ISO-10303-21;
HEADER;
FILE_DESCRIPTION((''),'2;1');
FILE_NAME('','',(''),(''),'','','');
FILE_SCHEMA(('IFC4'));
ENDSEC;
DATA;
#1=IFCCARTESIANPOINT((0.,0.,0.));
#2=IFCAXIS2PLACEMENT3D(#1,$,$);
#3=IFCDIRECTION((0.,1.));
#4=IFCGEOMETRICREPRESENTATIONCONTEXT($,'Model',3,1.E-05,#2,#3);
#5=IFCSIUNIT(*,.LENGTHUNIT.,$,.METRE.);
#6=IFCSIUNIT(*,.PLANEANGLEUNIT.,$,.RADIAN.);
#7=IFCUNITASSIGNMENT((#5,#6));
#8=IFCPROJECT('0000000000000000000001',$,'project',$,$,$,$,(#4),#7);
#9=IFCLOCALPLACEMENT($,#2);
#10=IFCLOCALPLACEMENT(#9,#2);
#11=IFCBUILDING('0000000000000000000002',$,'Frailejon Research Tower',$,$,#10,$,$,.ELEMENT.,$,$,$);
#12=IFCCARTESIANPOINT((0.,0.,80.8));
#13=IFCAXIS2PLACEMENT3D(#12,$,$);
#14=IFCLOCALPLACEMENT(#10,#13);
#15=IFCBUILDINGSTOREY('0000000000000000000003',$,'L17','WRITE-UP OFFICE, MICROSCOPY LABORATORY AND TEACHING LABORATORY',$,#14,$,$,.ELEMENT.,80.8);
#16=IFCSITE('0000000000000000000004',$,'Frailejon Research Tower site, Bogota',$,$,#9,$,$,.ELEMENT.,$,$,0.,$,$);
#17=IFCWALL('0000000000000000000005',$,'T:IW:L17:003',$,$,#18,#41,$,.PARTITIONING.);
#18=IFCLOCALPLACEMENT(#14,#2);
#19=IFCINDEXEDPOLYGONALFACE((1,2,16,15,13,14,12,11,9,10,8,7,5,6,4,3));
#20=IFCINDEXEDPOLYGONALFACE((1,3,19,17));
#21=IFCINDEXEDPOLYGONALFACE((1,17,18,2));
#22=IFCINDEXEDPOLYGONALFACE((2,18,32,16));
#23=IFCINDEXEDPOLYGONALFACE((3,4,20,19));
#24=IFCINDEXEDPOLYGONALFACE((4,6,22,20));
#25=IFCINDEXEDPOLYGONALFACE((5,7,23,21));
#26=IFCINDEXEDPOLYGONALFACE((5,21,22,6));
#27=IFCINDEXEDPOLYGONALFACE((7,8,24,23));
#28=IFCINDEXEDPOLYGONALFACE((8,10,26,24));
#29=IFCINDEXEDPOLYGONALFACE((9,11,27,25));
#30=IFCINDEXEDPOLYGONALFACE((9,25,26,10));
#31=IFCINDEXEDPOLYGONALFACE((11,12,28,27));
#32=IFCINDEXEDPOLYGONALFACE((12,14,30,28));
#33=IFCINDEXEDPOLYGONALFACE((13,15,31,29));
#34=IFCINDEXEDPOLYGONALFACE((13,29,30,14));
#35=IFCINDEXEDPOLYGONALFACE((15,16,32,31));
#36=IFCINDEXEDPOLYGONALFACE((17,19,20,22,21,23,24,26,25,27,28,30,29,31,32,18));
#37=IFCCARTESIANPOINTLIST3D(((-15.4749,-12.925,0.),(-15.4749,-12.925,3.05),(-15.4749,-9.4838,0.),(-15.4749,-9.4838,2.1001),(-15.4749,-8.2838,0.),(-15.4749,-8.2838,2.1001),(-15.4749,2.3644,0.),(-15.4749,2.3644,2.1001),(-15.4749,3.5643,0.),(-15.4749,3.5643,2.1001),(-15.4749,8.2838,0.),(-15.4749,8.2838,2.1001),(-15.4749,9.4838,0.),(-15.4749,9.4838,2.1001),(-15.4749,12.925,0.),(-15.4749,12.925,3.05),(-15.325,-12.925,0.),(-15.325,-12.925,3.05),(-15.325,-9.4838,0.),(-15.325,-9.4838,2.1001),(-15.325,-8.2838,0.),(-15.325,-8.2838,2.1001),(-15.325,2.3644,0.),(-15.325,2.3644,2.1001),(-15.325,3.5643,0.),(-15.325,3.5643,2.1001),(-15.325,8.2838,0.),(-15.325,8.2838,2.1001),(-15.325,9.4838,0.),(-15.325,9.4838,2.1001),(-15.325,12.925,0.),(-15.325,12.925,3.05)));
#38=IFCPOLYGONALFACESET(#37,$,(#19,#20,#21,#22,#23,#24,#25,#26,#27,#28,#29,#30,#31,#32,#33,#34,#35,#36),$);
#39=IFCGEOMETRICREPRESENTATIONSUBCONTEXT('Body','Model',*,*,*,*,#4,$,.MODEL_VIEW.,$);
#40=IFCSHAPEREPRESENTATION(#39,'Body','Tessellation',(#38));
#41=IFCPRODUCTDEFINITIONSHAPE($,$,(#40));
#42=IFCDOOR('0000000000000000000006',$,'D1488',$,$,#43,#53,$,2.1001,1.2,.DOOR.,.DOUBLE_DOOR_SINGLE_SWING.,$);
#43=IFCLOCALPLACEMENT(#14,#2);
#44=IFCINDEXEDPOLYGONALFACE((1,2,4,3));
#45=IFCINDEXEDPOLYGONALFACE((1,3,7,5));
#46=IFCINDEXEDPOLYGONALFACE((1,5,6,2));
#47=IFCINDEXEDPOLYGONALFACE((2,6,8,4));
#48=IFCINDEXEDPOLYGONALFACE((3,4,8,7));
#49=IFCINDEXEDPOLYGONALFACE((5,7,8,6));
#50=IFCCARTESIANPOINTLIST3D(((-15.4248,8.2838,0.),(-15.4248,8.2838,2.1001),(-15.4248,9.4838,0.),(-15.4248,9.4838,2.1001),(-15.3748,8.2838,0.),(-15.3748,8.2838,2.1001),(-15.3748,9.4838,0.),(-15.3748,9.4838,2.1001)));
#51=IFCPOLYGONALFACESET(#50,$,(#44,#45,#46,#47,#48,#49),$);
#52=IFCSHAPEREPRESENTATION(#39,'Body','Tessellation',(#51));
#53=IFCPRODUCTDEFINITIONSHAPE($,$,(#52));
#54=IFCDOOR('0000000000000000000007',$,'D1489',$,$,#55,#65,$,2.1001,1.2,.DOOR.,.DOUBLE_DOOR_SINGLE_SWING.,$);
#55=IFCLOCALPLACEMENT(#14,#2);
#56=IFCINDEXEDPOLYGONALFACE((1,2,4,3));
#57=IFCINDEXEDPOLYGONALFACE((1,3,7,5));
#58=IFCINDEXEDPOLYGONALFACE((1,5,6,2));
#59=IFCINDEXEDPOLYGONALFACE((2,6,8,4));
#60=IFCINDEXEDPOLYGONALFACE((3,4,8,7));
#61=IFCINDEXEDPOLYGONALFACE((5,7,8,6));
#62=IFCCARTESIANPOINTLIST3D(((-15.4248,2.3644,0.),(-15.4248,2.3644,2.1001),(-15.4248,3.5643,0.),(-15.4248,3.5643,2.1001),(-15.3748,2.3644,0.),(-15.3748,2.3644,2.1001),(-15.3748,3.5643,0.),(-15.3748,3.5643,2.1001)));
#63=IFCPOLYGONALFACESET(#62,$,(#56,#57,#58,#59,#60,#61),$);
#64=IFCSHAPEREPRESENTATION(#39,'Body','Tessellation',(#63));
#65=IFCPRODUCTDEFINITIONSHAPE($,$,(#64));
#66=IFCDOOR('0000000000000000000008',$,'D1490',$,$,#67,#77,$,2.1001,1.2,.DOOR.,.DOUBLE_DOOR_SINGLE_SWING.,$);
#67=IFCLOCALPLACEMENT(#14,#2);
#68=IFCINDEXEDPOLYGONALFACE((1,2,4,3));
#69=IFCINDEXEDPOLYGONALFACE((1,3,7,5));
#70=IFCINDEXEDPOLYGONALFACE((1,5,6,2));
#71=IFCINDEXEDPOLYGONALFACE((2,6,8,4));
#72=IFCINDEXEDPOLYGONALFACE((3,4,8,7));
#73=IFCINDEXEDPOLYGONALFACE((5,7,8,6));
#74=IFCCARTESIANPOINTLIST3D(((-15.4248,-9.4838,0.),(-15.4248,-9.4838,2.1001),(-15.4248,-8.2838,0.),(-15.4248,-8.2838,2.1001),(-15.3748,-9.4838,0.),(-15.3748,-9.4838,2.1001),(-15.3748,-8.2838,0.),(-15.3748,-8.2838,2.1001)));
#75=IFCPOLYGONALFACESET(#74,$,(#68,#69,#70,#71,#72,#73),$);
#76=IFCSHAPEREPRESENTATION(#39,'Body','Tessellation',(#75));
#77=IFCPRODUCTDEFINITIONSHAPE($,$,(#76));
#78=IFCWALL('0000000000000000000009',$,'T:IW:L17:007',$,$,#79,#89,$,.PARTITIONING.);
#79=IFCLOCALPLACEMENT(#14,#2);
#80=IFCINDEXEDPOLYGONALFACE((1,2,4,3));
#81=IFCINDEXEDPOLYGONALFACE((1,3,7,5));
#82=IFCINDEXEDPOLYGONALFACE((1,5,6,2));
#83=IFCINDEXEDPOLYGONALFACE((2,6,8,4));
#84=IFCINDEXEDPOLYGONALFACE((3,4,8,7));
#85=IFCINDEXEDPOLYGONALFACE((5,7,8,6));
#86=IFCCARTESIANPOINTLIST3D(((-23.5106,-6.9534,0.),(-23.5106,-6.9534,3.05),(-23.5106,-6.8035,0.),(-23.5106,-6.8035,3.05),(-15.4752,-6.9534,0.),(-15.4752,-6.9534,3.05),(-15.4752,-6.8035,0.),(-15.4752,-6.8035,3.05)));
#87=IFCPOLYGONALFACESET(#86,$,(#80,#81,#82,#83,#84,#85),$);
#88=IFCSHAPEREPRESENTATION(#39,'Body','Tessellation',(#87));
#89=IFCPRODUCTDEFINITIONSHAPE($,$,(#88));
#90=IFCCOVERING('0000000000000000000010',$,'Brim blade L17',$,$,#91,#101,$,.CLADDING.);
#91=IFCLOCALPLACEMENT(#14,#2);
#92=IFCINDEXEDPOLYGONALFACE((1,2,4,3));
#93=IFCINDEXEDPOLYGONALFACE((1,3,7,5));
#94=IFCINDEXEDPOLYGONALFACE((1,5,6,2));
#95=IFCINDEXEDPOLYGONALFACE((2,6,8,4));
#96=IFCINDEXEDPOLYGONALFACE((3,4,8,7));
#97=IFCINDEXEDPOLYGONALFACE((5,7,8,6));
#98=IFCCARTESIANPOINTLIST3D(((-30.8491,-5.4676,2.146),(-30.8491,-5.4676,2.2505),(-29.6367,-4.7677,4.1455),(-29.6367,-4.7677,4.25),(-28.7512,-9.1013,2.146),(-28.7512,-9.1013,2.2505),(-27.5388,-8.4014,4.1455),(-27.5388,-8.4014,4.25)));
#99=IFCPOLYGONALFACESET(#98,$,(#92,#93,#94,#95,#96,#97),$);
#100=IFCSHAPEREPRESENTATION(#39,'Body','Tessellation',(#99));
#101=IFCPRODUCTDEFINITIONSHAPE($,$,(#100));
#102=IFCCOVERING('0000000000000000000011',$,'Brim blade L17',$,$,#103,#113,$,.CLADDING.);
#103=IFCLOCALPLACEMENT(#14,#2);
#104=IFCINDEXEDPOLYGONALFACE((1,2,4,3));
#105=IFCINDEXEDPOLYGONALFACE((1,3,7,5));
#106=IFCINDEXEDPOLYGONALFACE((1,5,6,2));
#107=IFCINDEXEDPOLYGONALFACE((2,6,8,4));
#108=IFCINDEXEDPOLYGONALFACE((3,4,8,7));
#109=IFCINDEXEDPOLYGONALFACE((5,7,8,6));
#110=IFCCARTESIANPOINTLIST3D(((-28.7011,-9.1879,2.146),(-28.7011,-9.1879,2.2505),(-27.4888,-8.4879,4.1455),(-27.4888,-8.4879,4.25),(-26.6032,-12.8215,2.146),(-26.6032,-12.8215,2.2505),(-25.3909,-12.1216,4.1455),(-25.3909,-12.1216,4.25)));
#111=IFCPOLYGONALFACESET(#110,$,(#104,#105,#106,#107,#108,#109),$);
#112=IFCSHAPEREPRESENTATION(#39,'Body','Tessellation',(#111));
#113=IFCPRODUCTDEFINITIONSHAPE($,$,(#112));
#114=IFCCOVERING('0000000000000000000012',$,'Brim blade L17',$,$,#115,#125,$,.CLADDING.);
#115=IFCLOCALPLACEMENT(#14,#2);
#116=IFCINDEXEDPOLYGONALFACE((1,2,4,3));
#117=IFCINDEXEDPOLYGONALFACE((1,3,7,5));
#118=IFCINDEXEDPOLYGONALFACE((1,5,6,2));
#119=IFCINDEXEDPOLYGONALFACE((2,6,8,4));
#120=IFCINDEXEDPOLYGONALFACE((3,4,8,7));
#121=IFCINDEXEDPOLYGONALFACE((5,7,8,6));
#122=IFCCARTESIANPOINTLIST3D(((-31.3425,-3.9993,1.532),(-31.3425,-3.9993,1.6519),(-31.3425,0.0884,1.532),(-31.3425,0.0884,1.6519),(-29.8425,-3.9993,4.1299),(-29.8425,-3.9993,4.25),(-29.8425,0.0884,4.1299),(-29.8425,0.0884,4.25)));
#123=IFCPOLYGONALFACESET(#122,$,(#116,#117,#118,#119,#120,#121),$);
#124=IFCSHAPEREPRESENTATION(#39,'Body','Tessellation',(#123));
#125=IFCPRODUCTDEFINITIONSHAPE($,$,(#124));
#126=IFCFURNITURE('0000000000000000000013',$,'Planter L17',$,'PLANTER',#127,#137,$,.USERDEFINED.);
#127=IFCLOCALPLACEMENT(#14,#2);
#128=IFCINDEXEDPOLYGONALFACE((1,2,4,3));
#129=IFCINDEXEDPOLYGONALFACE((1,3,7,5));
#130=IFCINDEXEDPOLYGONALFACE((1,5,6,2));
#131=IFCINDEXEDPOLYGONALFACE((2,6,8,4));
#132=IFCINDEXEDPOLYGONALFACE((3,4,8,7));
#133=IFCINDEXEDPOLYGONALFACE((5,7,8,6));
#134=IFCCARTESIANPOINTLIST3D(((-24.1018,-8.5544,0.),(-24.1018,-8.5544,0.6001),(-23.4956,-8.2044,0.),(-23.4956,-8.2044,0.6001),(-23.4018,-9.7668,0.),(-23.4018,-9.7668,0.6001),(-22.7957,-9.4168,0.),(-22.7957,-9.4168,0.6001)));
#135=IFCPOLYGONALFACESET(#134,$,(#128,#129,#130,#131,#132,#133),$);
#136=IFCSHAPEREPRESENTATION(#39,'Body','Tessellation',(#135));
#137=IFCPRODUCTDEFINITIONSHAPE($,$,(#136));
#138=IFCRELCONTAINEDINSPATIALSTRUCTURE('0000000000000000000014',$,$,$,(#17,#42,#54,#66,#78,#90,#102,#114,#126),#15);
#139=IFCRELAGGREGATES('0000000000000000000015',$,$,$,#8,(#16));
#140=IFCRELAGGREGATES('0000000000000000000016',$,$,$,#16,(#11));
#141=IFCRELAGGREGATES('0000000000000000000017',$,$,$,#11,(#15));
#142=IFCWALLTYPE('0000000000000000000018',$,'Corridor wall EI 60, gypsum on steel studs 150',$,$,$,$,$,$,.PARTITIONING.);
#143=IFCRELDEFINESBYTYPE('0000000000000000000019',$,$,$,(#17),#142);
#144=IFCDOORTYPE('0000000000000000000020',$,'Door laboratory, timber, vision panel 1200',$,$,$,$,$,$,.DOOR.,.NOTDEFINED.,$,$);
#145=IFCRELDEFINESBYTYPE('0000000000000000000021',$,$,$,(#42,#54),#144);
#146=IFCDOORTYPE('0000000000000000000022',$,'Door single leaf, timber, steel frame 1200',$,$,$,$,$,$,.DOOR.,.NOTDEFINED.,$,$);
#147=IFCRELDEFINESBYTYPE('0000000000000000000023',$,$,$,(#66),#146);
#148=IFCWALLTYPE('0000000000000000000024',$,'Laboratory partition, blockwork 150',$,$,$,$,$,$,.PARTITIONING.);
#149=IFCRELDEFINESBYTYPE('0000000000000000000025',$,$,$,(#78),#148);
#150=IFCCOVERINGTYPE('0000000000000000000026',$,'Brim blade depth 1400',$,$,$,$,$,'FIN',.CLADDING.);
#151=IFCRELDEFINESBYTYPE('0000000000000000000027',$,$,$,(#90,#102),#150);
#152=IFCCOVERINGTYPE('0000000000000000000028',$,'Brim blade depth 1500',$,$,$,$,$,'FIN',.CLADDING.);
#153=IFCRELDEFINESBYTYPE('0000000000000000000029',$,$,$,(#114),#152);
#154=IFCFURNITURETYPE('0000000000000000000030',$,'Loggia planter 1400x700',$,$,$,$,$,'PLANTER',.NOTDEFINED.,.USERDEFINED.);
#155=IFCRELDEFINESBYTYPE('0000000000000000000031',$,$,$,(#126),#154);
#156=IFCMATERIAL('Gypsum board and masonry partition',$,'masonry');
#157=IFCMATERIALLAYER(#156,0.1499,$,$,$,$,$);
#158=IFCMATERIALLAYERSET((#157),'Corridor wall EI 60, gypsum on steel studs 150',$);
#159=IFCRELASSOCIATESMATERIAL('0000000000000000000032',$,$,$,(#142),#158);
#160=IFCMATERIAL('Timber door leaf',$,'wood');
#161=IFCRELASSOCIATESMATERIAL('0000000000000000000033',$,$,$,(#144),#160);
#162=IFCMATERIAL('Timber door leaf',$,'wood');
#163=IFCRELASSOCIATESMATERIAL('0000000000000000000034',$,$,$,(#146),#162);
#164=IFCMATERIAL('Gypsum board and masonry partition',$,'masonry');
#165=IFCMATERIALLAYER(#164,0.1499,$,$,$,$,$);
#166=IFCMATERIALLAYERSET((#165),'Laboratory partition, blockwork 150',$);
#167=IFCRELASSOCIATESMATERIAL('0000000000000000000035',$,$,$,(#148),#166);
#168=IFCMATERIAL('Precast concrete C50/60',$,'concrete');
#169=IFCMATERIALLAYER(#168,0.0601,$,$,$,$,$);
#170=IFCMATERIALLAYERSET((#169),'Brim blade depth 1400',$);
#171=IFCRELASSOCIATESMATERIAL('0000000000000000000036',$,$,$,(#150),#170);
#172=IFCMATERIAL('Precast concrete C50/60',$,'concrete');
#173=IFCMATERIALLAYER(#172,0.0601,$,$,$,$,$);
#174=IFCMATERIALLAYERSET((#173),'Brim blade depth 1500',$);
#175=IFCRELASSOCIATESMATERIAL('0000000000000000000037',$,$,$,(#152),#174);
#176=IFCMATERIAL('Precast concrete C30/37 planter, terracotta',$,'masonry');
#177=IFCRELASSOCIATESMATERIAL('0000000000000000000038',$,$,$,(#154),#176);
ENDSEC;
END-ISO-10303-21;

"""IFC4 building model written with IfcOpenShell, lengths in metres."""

from ifc_helpers import new_model, si_unit, direction, frame, frame_2d, origin, origin_2d, place, context, subcontext, project, spatial, polyline, rectangle, outline, extrude, material, layer, layer_set, type_object, element, fill, save


model = new_model("IFC4")

# Units and contexts
model_context = context("Model", 3, precision=1e-05, world=origin(), true_north=direction((0.0, 1.0)))
body_context = subcontext(model_context, "Body", "Model", "MODEL_VIEW")
ifc_project = project(units=[si_unit("LENGTHUNIT", "METRE"), si_unit("PLANEANGLEUNIT", "RADIAN")], contexts=[model_context])

# Site, building, storey
site_placement = place(None, origin())
site = spatial("IfcSite", under=ifc_project, at=site_placement, Name="Frailejon Research Tower site, Bogota", CompositionType="ELEMENT", RefElevation=0.0)
building_placement = place(site_placement, origin())
building = spatial("IfcBuilding", under=site, at=building_placement, Name="Frailejon Research Tower", CompositionType="ELEMENT")
storey_placement = place(building_placement, frame((0.0, 0.0, 80.8)))
storey = spatial("IfcBuildingStorey", under=building, at=storey_placement, Name="L17", Description="WRITE-UP OFFICE, MICROSCOPY LABORATORY AND TEACHING LABORATORY", CompositionType="ELEMENT", Elevation=80.8)

# Wall, openings, doors
ifc_material_1 = material(Name="Gypsum board and masonry partition", Category="masonry")
ifc_layer_1 = layer(ifc_material_1, 0.1499)
ifc_layer_set_1 = layer_set([ifc_layer_1], Name="Corridor wall EI 60, gypsum on steel studs 150")
wall_type_1 = type_object("IfcWallType", Name="Corridor wall EI 60, gypsum on steel studs 150", PredefinedType="PARTITIONING", material=ifc_layer_set_1)
wall_1_placement = place(storey_placement, frame((-15.3999, -12.925, 0.0), z_axis=(0.0, 0.0, 1.0), x_axis=(0.0, 1.0, 0.0)))
wall_1 = element("IfcWall", 1, at=wall_1_placement, inside=storey, type_object=wall_type_1, Name="T:IW:L17:003", PredefinedType="PARTITIONING", context=body_context, shape_type="SweptSolid", body=[
    extrude(rectangle(XDim=25.8501, YDim=0.1499, at=frame_2d((12.925, 0.0))), origin(), (0.0, 0.0, 1.0), 3.05),
])
opening_1_placement = place(wall_1_placement, frame((21.2087, 0.0, 0.0)))
opening_1 = element("IfcOpeningElement", 2, at=opening_1_placement, cuts=wall_1, PredefinedType="OPENING", context=body_context, shape_type="SweptSolid", body=[
    extrude(rectangle(XDim=1.2, YDim=2.1001, at=frame_2d((0.6001, 1.05))), frame((0.0, 0.085, 0.0), z_axis=(0.0, -1.0, 0.0), x_axis=(1.0, 0.0, 0.0)), (0.0, 0.0, 1.0), 0.1699),
])
opening_2_placement = place(wall_1_placement, frame((15.2893, 0.0, 0.0)))
opening_2 = element("IfcOpeningElement", 3, at=opening_2_placement, cuts=wall_1, PredefinedType="OPENING", context=body_context, shape_type="SweptSolid", body=[
    extrude(rectangle(XDim=1.2, YDim=2.1001, at=frame_2d((0.6001, 1.05))), frame((0.0, 0.085, 0.0), z_axis=(0.0, -1.0, 0.0), x_axis=(1.0, 0.0, 0.0)), (0.0, 0.0, 1.0), 0.1699),
])
opening_3_placement = place(wall_1_placement, frame((3.4412, 0.0, 0.0)))
opening_3 = element("IfcOpeningElement", 4, at=opening_3_placement, cuts=wall_1, PredefinedType="OPENING", context=body_context, shape_type="SweptSolid", body=[
    extrude(rectangle(XDim=1.2, YDim=2.1001, at=frame_2d((0.6001, 1.05))), frame((0.0, 0.085, 0.0), z_axis=(0.0, -1.0, 0.0), x_axis=(1.0, 0.0, 0.0)), (0.0, 0.0, 1.0), 0.1699),
])
ifc_material_2 = material(Name="Timber door leaf", Category="wood")
door_type_1 = type_object("IfcDoorType", Name="Door laboratory, timber, vision panel 1200", OperationType="NOTDEFINED", PredefinedType="DOOR", material=ifc_material_2)
door_1_placement = place(opening_1_placement, origin())
door_1 = element("IfcDoor", 5, at=door_1_placement, inside=storey, type_object=door_type_1, Name="D1488", OperationType="DOUBLE_DOOR_SINGLE_SWING", OverallHeight=2.1001, OverallWidth=1.2, PredefinedType="DOOR", context=body_context, shape_type="SweptSolid", body=[
    extrude(rectangle(XDim=1.2, YDim=2.1001, at=frame_2d((0.6001, 1.05))), frame((0.0, 0.0249, 0.0), z_axis=(0.0, -1.0, 0.0), x_axis=(1.0, 0.0, 0.0)), (0.0, 0.0, 1.0), 0.05),
])
fill(opening_1, door_1)
door_2_placement = place(opening_2_placement, origin())
door_2 = element("IfcDoor", 6, at=door_2_placement, inside=storey, type_object=door_type_1, Name="D1489", OperationType="DOUBLE_DOOR_SINGLE_SWING", OverallHeight=2.1001, OverallWidth=1.2, PredefinedType="DOOR", context=body_context, shape_type="SweptSolid", body=[
    extrude(rectangle(XDim=1.2, YDim=2.1001, at=frame_2d((0.6001, 1.05))), frame((0.0, 0.0249, 0.0), z_axis=(0.0, -1.0, 0.0), x_axis=(1.0, 0.0, 0.0)), (0.0, 0.0, 1.0), 0.05),
])
fill(opening_2, door_2)
ifc_material_3 = material(Name="Timber door leaf", Category="wood")
door_type_2 = type_object("IfcDoorType", Name="Door single leaf, timber, steel frame 1200", OperationType="NOTDEFINED", PredefinedType="DOOR", material=ifc_material_3)
door_3_placement = place(opening_3_placement, origin())
door_3 = element("IfcDoor", 7, at=door_3_placement, inside=storey, type_object=door_type_2, Name="D1490", OperationType="DOUBLE_DOOR_SINGLE_SWING", OverallHeight=2.1001, OverallWidth=1.2, PredefinedType="DOOR", context=body_context, shape_type="SweptSolid", body=[
    extrude(rectangle(XDim=1.2, YDim=2.1001, at=frame_2d((0.6001, 1.05))), frame((0.0, 0.0249, 0.0), z_axis=(0.0, -1.0, 0.0), x_axis=(1.0, 0.0, 0.0)), (0.0, 0.0, 1.0), 0.05),
])
fill(opening_3, door_3)

# Wall
ifc_material_4 = material(Name="Gypsum board and masonry partition", Category="masonry")
ifc_layer_2 = layer(ifc_material_4, 0.1499)
ifc_layer_set_2 = layer_set([ifc_layer_2], Name="Laboratory partition, blockwork 150")
wall_type_2 = type_object("IfcWallType", Name="Laboratory partition, blockwork 150", PredefinedType="PARTITIONING", material=ifc_layer_set_2)
wall_2_placement = place(storey_placement, frame((-23.5105, -6.8784, 0.0), z_axis=(0.0, 0.0, 1.0), x_axis=(1.0, 0.0, 0.0)))
element("IfcWall", 8, at=wall_2_placement, inside=storey, type_object=wall_type_2, Name="T:IW:L17:007", PredefinedType="PARTITIONING", context=body_context, shape_type="SweptSolid", body=[
    extrude(rectangle(XDim=8.0354, YDim=0.1499, at=frame_2d((4.0176, 0.0))), origin(), (0.0, 0.0, 1.0), 3.05),
])

# Coverings
ifc_material_5 = material(Name="Precast concrete C50/60", Category="concrete")
ifc_layer_3 = layer(ifc_material_5, 0.0601)
ifc_layer_set_3 = layer_set([ifc_layer_3], Name="Brim blade depth 1400")
covering_type_1 = type_object("IfcCoveringType", Name="Brim blade depth 1400", ElementType="FIN", PredefinedType="CLADDING", material=ifc_layer_set_3)
for number, where, z_axis, x_axis, name in (
    (9, (-27.5388, -8.4014, 4.25), (-0.499997, 0.866027, 0.0), (-0.866027, -0.499997, 0.0), "Brim blade L17"),
    (10, (-25.3909, -12.1216, 4.25), (-0.499997, 0.866027, 0.0), (-0.866027, -0.499997, 0.0), "Brim blade L17"),
):
    element("IfcCovering", number, at=place(storey_placement, frame(where, z_axis=z_axis, x_axis=x_axis)), inside=storey, type_object=covering_type_1, Name=name, PredefinedType="CLADDING", context=body_context, shape_type="SweptSolid", body=[
        extrude(outline(polyline([(0.0, -0.1045), (1.3999, -2.104), (1.3999, -1.9995), (0.0, 0.0), (0.0, -0.1045)])), origin(), (0.0, 0.0, 1.0), 4.1958),
    ])
ifc_material_6 = material(Name="Precast concrete C50/60", Category="concrete")
ifc_layer_4 = layer(ifc_material_6, 0.0601)
ifc_layer_set_4 = layer_set([ifc_layer_4], Name="Brim blade depth 1500")
covering_type_2 = type_object("IfcCoveringType", Name="Brim blade depth 1500", ElementType="FIN", PredefinedType="CLADDING", material=ifc_layer_set_4)
covering_placement = place(storey_placement, frame((-29.8425, -3.9993, 4.25), z_axis=(0.0, 1.0, 0.0), x_axis=(-1.0, 0.0, 0.0)))
element("IfcCovering", 11, at=covering_placement, inside=storey, type_object=covering_type_2, Name="Brim blade L17", PredefinedType="CLADDING", context=body_context, shape_type="SweptSolid", body=[
    extrude(outline(polyline([(0.0, -0.1201), (1.5, -2.718), (1.5, -2.5981), (0.0, 0.0), (0.0, -0.1201)])), origin(), (0.0, 0.0, 1.0), 4.0876),
])

# Furniture
ifc_material_7 = material(Name="Precast concrete C30/37 planter, terracotta", Category="masonry")
furniture_type = type_object("IfcFurnitureType", Name="Loggia planter 1400x700", ElementType="PLANTER", AssemblyPlace="NOTDEFINED", PredefinedType="USERDEFINED", material=ifc_material_7)
furniture_placement = place(storey_placement, frame((-23.4487, -8.9856, 0.0), z_axis=(0.0, 0.0, 1.0), x_axis=(0.5, -0.866025, 0.0)))
element("IfcFurniture", 12, at=furniture_placement, inside=storey, type_object=furniture_type, Name="Planter L17", ObjectType="PLANTER", PredefinedType="USERDEFINED", context=body_context, shape_type="SweptSolid", body=[
    extrude(rectangle(XDim=1.3999, YDim=0.7, at=origin_2d()), origin(), (0.0, 0.0, 1.0), 0.6001),
])

save(model, "model.ifc")
